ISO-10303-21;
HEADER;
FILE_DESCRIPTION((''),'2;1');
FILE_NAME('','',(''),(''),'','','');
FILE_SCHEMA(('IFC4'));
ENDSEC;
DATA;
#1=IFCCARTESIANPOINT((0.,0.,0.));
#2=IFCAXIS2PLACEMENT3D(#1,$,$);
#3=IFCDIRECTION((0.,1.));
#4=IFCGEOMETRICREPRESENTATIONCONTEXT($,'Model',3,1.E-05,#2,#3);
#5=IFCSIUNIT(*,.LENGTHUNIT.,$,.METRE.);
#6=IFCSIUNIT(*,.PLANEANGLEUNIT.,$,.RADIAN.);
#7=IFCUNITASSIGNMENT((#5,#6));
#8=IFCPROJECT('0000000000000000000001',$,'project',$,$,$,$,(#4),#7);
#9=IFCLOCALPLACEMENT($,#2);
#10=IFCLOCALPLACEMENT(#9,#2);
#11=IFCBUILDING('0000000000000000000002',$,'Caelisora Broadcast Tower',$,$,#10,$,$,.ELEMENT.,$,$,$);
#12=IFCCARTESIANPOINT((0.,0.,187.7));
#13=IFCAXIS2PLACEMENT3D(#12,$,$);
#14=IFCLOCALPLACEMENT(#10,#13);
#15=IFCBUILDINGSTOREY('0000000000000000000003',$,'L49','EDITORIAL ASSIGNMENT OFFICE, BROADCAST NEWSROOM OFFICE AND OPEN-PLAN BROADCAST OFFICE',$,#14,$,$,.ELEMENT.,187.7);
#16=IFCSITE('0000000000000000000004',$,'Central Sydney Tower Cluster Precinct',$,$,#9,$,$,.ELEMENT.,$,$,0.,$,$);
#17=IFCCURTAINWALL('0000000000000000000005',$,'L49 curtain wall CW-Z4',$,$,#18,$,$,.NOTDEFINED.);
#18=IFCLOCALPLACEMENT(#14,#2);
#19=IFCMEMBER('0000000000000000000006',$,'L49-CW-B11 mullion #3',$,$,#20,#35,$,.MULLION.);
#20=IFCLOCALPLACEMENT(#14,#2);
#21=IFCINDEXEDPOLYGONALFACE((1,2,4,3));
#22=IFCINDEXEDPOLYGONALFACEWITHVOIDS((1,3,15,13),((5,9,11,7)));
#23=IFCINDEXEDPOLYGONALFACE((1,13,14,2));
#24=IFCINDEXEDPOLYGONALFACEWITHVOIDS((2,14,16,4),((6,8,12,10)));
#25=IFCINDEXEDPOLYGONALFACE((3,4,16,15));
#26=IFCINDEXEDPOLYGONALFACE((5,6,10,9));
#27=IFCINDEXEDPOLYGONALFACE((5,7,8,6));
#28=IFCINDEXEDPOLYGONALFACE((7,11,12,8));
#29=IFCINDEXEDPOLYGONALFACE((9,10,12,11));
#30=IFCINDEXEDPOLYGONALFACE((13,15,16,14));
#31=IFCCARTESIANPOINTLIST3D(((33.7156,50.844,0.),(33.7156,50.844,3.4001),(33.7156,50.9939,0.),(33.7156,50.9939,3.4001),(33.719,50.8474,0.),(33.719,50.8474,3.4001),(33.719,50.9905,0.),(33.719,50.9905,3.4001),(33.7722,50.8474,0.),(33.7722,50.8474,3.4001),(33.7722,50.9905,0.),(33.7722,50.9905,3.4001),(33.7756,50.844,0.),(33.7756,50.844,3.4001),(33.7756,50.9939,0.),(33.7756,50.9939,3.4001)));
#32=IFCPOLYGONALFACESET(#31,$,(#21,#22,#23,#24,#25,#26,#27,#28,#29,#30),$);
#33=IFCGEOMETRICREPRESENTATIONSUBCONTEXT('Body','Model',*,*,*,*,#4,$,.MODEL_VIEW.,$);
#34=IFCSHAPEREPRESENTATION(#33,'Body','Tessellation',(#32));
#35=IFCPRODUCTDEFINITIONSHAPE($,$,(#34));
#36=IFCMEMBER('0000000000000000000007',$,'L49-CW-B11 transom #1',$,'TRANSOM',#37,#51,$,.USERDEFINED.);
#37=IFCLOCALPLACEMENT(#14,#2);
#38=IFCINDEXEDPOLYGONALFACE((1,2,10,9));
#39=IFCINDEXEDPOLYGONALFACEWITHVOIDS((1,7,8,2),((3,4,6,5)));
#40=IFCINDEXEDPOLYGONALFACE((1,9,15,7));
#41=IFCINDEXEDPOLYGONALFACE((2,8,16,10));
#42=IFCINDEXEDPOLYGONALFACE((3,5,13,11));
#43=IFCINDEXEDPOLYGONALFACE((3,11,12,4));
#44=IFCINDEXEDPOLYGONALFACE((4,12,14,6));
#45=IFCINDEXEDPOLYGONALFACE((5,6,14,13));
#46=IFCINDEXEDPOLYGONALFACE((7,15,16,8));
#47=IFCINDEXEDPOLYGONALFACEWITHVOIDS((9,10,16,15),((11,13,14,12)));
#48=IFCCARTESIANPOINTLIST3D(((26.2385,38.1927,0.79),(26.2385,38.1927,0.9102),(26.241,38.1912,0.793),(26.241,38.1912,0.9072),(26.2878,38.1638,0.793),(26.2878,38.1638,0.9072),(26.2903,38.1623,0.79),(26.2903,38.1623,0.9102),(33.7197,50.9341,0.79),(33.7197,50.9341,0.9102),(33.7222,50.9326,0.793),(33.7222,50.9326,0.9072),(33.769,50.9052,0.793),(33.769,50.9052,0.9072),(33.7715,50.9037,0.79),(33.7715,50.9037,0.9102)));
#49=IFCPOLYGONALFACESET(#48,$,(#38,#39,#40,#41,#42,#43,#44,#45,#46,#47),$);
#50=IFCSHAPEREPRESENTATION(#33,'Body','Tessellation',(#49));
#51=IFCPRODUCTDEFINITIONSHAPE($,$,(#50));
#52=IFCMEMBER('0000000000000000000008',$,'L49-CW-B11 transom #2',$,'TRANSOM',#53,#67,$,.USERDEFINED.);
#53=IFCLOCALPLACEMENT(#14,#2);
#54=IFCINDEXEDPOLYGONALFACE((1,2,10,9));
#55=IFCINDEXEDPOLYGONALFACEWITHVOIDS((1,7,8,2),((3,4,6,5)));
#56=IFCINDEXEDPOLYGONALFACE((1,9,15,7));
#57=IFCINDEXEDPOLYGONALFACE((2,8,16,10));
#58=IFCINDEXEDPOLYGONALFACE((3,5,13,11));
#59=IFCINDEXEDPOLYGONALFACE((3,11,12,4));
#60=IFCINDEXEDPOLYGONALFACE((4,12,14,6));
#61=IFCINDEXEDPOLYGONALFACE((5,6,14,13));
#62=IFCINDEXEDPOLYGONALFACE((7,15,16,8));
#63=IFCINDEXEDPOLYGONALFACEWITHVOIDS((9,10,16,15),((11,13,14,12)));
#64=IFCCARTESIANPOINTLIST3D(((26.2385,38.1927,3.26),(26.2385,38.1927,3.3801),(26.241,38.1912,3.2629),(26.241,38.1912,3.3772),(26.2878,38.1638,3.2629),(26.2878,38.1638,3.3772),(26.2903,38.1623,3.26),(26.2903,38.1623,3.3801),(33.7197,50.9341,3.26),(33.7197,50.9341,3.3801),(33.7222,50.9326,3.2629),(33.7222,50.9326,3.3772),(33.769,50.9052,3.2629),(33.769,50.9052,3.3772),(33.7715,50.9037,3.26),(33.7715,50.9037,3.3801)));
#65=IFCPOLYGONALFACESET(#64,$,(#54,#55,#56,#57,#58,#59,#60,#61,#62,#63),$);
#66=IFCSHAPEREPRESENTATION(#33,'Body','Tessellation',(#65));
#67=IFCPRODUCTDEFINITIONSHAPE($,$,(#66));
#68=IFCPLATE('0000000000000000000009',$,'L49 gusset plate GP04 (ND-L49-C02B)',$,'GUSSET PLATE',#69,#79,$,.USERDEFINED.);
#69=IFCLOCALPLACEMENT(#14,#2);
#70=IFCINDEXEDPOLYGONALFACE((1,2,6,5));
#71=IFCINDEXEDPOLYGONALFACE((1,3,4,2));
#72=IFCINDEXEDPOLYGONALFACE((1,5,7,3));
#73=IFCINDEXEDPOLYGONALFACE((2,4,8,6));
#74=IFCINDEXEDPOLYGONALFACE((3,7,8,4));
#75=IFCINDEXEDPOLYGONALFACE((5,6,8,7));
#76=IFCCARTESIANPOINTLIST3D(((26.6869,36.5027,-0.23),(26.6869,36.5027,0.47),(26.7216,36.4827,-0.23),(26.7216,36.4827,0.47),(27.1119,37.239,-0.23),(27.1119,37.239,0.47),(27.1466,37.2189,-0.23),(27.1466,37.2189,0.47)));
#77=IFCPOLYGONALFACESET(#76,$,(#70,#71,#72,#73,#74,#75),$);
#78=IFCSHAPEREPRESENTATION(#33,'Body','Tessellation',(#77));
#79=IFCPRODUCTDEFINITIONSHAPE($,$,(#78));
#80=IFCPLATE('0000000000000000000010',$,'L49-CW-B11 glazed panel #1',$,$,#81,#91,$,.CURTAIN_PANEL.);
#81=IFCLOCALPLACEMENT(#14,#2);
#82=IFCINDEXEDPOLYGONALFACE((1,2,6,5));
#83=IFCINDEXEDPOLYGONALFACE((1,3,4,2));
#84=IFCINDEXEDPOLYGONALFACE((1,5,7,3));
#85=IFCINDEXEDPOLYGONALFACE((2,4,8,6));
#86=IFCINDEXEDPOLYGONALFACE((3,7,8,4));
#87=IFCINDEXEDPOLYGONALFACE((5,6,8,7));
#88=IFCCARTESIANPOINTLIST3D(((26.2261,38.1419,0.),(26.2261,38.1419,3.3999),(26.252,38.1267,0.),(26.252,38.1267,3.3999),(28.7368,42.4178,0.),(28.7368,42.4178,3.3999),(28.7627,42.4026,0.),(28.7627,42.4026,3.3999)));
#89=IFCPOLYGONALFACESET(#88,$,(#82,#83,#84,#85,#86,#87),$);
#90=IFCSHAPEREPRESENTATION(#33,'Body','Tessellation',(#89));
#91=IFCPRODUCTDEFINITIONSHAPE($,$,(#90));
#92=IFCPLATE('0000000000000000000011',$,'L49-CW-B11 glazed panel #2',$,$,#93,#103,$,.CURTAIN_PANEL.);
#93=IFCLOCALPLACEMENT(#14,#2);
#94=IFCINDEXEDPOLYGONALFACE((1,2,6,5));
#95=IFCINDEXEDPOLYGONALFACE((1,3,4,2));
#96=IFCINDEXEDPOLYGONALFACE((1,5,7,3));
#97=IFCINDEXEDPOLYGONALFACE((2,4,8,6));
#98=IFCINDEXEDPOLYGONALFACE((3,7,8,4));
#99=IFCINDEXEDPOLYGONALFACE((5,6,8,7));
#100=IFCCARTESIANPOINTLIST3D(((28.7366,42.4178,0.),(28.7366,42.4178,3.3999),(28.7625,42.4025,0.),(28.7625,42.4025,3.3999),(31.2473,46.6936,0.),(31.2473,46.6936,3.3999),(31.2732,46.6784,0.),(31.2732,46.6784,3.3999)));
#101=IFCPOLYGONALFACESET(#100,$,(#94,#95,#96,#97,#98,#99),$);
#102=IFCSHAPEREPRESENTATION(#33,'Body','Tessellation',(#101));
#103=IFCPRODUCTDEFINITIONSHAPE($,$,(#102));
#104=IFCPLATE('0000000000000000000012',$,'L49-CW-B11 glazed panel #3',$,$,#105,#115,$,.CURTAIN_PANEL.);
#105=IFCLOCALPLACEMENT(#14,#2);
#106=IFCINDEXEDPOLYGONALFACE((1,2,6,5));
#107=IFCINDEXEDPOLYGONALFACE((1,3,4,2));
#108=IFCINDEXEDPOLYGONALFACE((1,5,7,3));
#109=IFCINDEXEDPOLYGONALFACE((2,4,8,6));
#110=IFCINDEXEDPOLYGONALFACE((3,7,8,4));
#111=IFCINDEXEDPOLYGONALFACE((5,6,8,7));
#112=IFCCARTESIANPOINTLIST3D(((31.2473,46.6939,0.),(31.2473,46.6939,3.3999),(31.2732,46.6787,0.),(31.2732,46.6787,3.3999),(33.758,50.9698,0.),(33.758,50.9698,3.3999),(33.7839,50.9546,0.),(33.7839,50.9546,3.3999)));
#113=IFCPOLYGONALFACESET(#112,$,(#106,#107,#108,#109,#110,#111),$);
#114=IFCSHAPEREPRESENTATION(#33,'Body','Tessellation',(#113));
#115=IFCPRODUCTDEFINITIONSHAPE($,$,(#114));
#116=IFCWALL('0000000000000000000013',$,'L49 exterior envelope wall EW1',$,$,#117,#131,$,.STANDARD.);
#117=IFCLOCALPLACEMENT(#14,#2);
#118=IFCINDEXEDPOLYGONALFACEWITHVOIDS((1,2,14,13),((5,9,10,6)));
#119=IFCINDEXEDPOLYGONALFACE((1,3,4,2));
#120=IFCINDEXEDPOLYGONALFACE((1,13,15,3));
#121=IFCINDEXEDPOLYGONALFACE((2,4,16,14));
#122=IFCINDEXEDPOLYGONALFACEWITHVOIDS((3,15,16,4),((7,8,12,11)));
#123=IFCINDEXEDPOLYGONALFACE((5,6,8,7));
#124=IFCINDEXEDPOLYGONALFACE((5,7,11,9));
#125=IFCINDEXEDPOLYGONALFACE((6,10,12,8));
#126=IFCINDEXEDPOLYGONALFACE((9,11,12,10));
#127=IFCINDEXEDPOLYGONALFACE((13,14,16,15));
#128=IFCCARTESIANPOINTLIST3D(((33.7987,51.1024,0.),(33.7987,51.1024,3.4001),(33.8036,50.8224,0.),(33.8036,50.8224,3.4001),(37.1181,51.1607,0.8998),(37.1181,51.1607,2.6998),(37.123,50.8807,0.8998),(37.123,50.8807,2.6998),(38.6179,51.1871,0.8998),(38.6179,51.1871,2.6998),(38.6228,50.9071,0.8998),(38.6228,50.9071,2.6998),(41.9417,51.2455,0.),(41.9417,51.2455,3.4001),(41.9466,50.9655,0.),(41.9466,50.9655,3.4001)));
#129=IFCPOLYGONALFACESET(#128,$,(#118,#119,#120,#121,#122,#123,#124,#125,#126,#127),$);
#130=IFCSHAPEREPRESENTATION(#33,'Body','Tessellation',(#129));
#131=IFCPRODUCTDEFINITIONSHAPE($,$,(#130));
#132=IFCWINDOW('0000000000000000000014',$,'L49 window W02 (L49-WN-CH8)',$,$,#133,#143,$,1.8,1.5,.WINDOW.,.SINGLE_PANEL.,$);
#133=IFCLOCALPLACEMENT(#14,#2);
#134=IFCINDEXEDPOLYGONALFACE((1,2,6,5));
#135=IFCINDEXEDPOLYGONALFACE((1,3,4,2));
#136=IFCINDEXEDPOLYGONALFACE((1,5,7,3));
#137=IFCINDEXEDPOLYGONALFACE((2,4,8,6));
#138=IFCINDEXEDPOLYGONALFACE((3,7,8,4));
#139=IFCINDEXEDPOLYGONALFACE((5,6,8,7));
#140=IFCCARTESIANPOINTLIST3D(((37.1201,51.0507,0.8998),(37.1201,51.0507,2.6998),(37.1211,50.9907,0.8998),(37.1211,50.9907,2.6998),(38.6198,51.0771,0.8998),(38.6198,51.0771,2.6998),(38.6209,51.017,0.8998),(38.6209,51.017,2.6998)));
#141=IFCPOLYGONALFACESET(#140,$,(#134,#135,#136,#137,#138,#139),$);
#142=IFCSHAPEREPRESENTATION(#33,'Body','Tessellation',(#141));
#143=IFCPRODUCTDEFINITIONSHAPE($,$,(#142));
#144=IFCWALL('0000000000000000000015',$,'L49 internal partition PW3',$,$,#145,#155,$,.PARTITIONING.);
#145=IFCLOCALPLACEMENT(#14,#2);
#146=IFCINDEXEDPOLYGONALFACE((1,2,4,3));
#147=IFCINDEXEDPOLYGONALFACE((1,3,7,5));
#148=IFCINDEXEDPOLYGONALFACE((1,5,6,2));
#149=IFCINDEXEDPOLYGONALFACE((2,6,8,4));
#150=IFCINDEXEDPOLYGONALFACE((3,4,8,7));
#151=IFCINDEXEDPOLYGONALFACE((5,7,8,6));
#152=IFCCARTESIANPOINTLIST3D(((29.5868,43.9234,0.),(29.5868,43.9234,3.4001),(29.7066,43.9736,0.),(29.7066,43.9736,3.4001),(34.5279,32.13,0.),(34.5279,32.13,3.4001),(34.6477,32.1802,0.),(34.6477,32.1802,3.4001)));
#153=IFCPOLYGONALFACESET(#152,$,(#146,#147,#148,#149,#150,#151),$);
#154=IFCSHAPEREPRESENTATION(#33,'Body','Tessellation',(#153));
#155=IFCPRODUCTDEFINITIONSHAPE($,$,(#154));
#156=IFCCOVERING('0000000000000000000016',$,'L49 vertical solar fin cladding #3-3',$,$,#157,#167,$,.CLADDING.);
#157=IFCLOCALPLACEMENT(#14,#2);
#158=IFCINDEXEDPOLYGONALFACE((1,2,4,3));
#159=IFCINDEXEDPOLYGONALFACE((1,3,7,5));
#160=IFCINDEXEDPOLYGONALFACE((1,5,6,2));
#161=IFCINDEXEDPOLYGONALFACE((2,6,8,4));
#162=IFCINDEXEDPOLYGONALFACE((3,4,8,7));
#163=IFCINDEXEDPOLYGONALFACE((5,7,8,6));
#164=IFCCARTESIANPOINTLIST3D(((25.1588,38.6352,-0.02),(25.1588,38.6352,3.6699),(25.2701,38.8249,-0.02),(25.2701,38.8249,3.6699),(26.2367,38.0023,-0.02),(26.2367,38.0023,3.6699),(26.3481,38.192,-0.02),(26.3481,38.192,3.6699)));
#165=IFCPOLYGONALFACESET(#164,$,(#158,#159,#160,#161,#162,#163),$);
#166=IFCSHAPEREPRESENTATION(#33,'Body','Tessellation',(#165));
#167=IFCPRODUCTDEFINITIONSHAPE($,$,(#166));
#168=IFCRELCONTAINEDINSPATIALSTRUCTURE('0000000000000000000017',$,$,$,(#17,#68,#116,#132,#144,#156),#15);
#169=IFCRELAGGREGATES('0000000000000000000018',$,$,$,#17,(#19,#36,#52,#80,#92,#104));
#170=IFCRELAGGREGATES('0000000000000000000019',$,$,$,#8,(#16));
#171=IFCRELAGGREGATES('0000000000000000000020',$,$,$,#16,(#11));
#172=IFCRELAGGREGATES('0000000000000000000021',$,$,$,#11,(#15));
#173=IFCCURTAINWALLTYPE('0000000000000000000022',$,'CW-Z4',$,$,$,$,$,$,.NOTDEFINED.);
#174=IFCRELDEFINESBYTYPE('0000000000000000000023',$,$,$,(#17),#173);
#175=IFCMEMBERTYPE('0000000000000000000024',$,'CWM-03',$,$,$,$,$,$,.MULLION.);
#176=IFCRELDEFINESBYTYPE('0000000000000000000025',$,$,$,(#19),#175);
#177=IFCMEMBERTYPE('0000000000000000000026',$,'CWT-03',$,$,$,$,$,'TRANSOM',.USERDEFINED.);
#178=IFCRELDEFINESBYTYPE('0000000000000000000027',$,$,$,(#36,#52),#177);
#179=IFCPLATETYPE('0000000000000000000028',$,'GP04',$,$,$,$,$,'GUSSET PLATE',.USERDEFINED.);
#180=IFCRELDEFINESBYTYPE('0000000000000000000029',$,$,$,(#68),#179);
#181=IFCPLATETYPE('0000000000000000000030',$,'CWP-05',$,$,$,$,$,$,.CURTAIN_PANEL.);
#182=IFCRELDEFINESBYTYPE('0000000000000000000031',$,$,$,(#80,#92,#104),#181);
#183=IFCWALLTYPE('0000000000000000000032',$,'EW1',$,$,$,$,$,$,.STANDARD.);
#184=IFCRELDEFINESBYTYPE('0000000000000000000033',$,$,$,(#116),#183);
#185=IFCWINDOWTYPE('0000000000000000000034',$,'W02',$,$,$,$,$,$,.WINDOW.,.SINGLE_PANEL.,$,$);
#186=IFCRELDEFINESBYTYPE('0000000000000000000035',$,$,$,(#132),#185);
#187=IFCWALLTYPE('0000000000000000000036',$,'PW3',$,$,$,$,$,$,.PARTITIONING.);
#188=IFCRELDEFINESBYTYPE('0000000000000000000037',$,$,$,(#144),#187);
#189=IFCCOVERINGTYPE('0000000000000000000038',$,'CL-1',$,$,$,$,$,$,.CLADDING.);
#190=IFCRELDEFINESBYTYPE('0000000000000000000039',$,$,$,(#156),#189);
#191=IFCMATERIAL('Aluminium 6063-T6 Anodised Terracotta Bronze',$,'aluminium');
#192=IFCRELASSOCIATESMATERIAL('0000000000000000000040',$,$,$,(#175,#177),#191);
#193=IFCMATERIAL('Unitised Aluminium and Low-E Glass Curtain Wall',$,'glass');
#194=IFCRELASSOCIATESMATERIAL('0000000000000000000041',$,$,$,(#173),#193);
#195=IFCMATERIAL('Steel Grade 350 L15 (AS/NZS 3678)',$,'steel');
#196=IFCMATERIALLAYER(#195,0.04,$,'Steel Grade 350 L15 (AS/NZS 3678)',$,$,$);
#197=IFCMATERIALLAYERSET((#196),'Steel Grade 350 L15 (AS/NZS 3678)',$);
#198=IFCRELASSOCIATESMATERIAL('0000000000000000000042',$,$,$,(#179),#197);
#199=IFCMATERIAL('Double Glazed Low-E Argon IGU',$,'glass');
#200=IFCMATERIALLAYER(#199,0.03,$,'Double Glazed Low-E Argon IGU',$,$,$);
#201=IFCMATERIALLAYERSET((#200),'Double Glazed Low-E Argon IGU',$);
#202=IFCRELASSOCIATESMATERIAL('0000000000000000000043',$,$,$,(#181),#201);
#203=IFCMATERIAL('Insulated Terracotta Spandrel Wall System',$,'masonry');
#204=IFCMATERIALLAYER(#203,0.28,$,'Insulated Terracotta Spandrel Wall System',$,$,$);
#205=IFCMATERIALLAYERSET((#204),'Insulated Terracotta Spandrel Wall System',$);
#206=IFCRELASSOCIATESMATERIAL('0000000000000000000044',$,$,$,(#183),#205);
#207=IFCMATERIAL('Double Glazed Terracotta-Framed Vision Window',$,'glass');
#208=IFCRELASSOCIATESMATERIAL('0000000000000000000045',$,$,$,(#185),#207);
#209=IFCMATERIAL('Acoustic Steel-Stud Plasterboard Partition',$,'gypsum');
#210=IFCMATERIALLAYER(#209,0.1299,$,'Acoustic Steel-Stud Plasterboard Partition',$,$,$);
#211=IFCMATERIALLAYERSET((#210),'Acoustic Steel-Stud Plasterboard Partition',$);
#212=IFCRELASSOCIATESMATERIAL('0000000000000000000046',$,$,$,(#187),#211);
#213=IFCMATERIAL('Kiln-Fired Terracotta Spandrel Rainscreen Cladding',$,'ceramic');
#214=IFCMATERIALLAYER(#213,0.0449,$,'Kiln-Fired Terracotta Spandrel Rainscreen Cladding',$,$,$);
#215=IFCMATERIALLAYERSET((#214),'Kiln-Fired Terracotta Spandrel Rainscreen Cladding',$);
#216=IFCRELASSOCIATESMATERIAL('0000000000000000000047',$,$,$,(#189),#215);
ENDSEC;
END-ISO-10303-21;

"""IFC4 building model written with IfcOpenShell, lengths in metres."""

from ifc_helpers import new_model, si_unit, direction, frame, frame_2d, origin, origin_2d, place, context, subcontext, project, spatial, rectangle, hollow_rectangle, extrude, source, transform, mapped, material, layer, layer_set, material_profile, profile_set, type_object, type_shapes, element, fill, aggregate, save


model = new_model("IFC4")

# Units and contexts
model_context = context("Model", 3, precision=1e-05, world=origin(), true_north=direction((0.0, 1.0)))
body_context = subcontext(model_context, "Body", "Model", "MODEL_VIEW")
ifc_project = project(units=[si_unit("LENGTHUNIT", "METRE"), si_unit("PLANEANGLEUNIT", "RADIAN")], contexts=[model_context])

# Site, building, storey
site_placement = place(None, origin())
site = spatial("IfcSite", under=ifc_project, at=site_placement, Name="Central Sydney Tower Cluster Precinct", CompositionType="ELEMENT", RefElevation=0.0)
building_placement = place(site_placement, origin())
building = spatial("IfcBuilding", under=site, at=building_placement, Name="Caelisora Broadcast Tower", CompositionType="ELEMENT")
storey_placement = place(building_placement, frame((0.0, 0.0, 187.7)))
storey = spatial("IfcBuildingStorey", under=building, at=storey_placement, Name="L49", Description="EDITORIAL ASSIGNMENT OFFICE, BROADCAST NEWSROOM OFFICE AND OPEN-PLAN BROADCAST OFFICE", CompositionType="ELEMENT", Elevation=187.7)

# Shared definitions
ifc_material_1 = material(Name="Steel Grade 350 L15 (AS/NZS 3678)", Category="steel")

# Shared definitions
ifc_material_2 = material(Name="Aluminium 6063-T6 Anodised Terracotta Bronze", Category="aluminium")
ifc_material_profile_1 = material_profile(ifc_material_2, hollow_rectangle(XDim=0.0601, YDim=0.1499, WallThickness=0.0034, at=origin_2d()), Name="Aluminium 6063-T6 Anodised Terracotta Bronze")
ifc_profile_set_1 = profile_set([ifc_material_profile_1], Name="Aluminium 6063-T6 Anodised Terracotta Bronze")
member_type_1 = type_object("IfcMemberType", Name="CWM-03", PredefinedType="MULLION", material=ifc_profile_set_1)
shared_shape_1 = source(origin(), body_context, "Body", "SweptSolid", [
    extrude(hollow_rectangle(XDim=0.0601, YDim=0.1499, WallThickness=0.0034, at=origin_2d()), origin(), (0.0, 0.0, 1.0), 3.4001),
])
type_shapes(member_type_1, [shared_shape_1])

# Curtain wall, members
ifc_material_3 = material(Name="Unitised Aluminium and Low-E Glass Curtain Wall", Category="glass")
curtain_wall_type_1 = type_object("IfcCurtainWallType", Name="CW-Z4", PredefinedType="NOTDEFINED", material=ifc_material_3)
curtain_wall_1_placement = place(storey_placement, origin())
curtain_wall_1 = element("IfcCurtainWall", 1, at=curtain_wall_1_placement, inside=storey, type_object=curtain_wall_type_1, Name="L49 curtain wall CW-Z4", PredefinedType="NOTDEFINED")
member_1_placement = place(storey_placement, frame((33.7456, 50.9189, 0.0), z_axis=(0.0, 0.0, 1.0), x_axis=(1.0, 0.0, 0.0)))
member_1 = element("IfcMember", 2, at=member_1_placement, type_object=member_type_1, Name="L49-CW-B11 mullion #3", PredefinedType="MULLION", context=body_context, shape_type="MappedRepresentation", body=[
    mapped(shared_shape_1, transform((0.0, 0.0, 0.0), scale=1.0)),
])
ifc_material_profile_2 = material_profile(ifc_material_2, hollow_rectangle(XDim=0.0601, YDim=0.1201, WallThickness=0.0029, at=origin_2d()), Name="Aluminium 6063-T6 Anodised Terracotta Bronze")
ifc_profile_set_2 = profile_set([ifc_material_profile_2], Name="Aluminium 6063-T6 Anodised Terracotta Bronze")
member_type_2 = type_object("IfcMemberType", Name="CWT-03", ElementType="TRANSOM", PredefinedType="USERDEFINED", material=ifc_profile_set_2)
shared_shape_2 = source(origin(), body_context, "Body", "SweptSolid", [
    extrude(hollow_rectangle(XDim=0.0601, YDim=0.1201, WallThickness=0.0029, at=origin_2d()), origin(), (0.0, 0.0, 1.0), 14.7754),
])
type_shapes(member_type_2, [shared_shape_2])
member_2_placement = place(storey_placement, frame((26.2644, 38.1775, 0.8501), z_axis=(0.506327, 0.862341, 0.0), x_axis=(-0.862341, 0.506327, 0.0)))
member_2 = element("IfcMember", 3, at=member_2_placement, type_object=member_type_2, Name="L49-CW-B11 transom #1", ObjectType="TRANSOM", PredefinedType="USERDEFINED", context=body_context, shape_type="MappedRepresentation", body=[
    mapped(shared_shape_2, transform((0.0, 0.0, 0.0), scale=1.0)),
])
member_3_placement = place(storey_placement, frame((26.2644, 38.1775, 3.3201), z_axis=(0.506327, 0.862341, 0.0), x_axis=(-0.862341, 0.506327, 0.0)))
member_3 = element("IfcMember", 4, at=member_3_placement, type_object=member_type_2, Name="L49-CW-B11 transom #2", ObjectType="TRANSOM", PredefinedType="USERDEFINED", context=body_context, shape_type="MappedRepresentation", body=[
    mapped(shared_shape_2, transform((0.0, 0.0, 0.0), scale=1.0)),
])

# Plates
ifc_layer_1 = layer(ifc_material_1, 0.04, Name="Steel Grade 350 L15 (AS/NZS 3678)")
ifc_layer_set_1 = layer_set([ifc_layer_1], Name="Steel Grade 350 L15 (AS/NZS 3678)")
plate_type_1 = type_object("IfcPlateType", Name="GP04", ElementType="GUSSET PLATE", PredefinedType="USERDEFINED", material=ifc_layer_set_1)
shared_shape_3 = source(origin(), body_context, "Body", "SweptSolid", [
    extrude(rectangle(XDim=0.8501, YDim=0.04, at=origin_2d()), origin(), (0.0, 0.0, 1.0), 0.7),
])
type_shapes(plate_type_1, [shared_shape_3])
plate_1_placement = place(storey_placement, frame((26.9167, 36.8608, -0.23), z_axis=(0.0, 0.0, 1.0), x_axis=(-0.5, -0.866025, 0.0)))
element("IfcPlate", 5, at=plate_1_placement, inside=storey, type_object=plate_type_1, Name="L49 gusset plate GP04 (ND-L49-C02B)", ObjectType="GUSSET PLATE", PredefinedType="USERDEFINED", context=body_context, shape_type="MappedRepresentation", body=[
    mapped(shared_shape_3, transform((0.0, 0.0, 0.0), scale=1.0)),
])
ifc_material_4 = material(Name="Double Glazed Low-E Argon IGU", Category="glass")
ifc_layer_2 = layer(ifc_material_4, 0.03, Name="Double Glazed Low-E Argon IGU")
ifc_layer_set_2 = layer_set([ifc_layer_2], Name="Double Glazed Low-E Argon IGU")
plate_type_2 = type_object("IfcPlateType", Name="CWP-05", PredefinedType="CURTAIN_PANEL", material=ifc_layer_set_2)
shared_shape_4 = source(origin(), body_context, "Body", "SweptSolid", [
    extrude(rectangle(XDim=4.9585, YDim=0.03, at=origin_2d()), origin(), (0.0, 0.0, 1.0), 3.3999),
])
type_shapes(plate_type_2, [shared_shape_4])
plate_2_placement = place(storey_placement, frame((27.4944, 40.2722, 0.0), z_axis=(0.0, 0.0, 1.0), x_axis=(0.506335, 0.862337, 0.0)))
plate_2 = element("IfcPlate", 6, at=plate_2_placement, type_object=plate_type_2, Name="L49-CW-B11 glazed panel #1", PredefinedType="CURTAIN_PANEL", context=body_context, shape_type="MappedRepresentation", body=[
    mapped(shared_shape_4, transform((0.0, 0.0, 0.0), scale=1.0)),
])
plate_3_placement = place(storey_placement, frame((30.0049, 44.5481, 0.0), z_axis=(0.0, 0.0, 1.0), x_axis=(0.506335, 0.862337, 0.0)))
plate_3 = element("IfcPlate", 7, at=plate_3_placement, type_object=plate_type_2, Name="L49-CW-B11 glazed panel #2", PredefinedType="CURTAIN_PANEL", context=body_context, shape_type="MappedRepresentation", body=[
    mapped(shared_shape_4, transform((0.0, 0.0, 0.0), scale=1.0)),
])
plate_4_placement = place(storey_placement, frame((32.5156, 48.8242, 0.0), z_axis=(0.0, 0.0, 1.0), x_axis=(0.506335, 0.862337, 0.0)))
plate_4 = element("IfcPlate", 8, at=plate_4_placement, type_object=plate_type_2, Name="L49-CW-B11 glazed panel #3", PredefinedType="CURTAIN_PANEL", context=body_context, shape_type="MappedRepresentation", body=[
    mapped(shared_shape_4, transform((0.0, 0.0, 0.0), scale=1.0)),
])
aggregate(curtain_wall_1, [member_1, member_2, member_3, plate_2, plate_3, plate_4])

# Wall, opening, window
ifc_material_5 = material(Name="Insulated Terracotta Spandrel Wall System", Category="masonry")
ifc_layer_3 = layer(ifc_material_5, 0.28, Name="Insulated Terracotta Spandrel Wall System")
ifc_layer_set_3 = layer_set([ifc_layer_3], Name="Insulated Terracotta Spandrel Wall System")
wall_type_1 = type_object("IfcWallType", Name="EW1", PredefinedType="STANDARD", material=ifc_layer_set_3)
wall_1_placement = place(storey_placement, frame((33.801, 50.9624, 0.0), z_axis=(0.0, 0.0, 1.0), x_axis=(0.999846, 0.017566, 0.0)))
wall_1 = element("IfcWall", 9, at=wall_1_placement, inside=storey, type_object=wall_type_1, Name="L49 exterior envelope wall EW1", PredefinedType="STANDARD", context=body_context, shape_type="SweptSolid", body=[
    extrude(rectangle(XDim=8.1443, YDim=0.28, at=frame_2d((4.0723, 0.0))), origin(), (0.0, 0.0, 1.0), 3.4001),
])
opening_placement = place(wall_1_placement, frame((3.3201, 0.0, 0.8999)))
opening = element("IfcOpeningElement", 10, at=opening_placement, cuts=wall_1, PredefinedType="OPENING", context=body_context, shape_type="SweptSolid", body=[
    extrude(rectangle(XDim=1.5, YDim=1.8, at=frame_2d((0.75, 0.8999))), frame((0.0, 0.1521, 0.0), z_axis=(0.0, -1.0, 0.0), x_axis=(1.0, 0.0, 0.0)), (0.0, 0.0, 1.0), 0.304),
])
ifc_material_6 = material(Name="Double Glazed Terracotta-Framed Vision Window", Category="glass")
window_type = type_object("IfcWindowType", Name="W02", PartitioningType="SINGLE_PANEL", PredefinedType="WINDOW", material=ifc_material_6)
window_placement = place(opening_placement, origin())
window = element("IfcWindow", 11, at=window_placement, inside=storey, type_object=window_type, Name="L49 window W02 (L49-WN-CH8)", OverallHeight=1.8, OverallWidth=1.5, PartitioningType="SINGLE_PANEL", PredefinedType="WINDOW", context=body_context, shape_type="SweptSolid", body=[
    extrude(rectangle(XDim=1.5, YDim=1.8, at=frame_2d((0.75, 0.8999))), frame((0.0, 0.03, 0.0), z_axis=(0.0, -1.0, 0.0), x_axis=(1.0, 0.0, 0.0)), (0.0, 0.0, 1.0), 0.0601),
])
fill(opening, window)

# Wall
ifc_material_7 = material(Name="Acoustic Steel-Stud Plasterboard Partition", Category="gypsum")
ifc_layer_4 = layer(ifc_material_7, 0.1299, Name="Acoustic Steel-Stud Plasterboard Partition")
ifc_layer_set_4 = layer_set([ifc_layer_4], Name="Acoustic Steel-Stud Plasterboard Partition")
wall_type_2 = type_object("IfcWallType", Name="PW3", PredefinedType="PARTITIONING", material=ifc_layer_set_4)
wall_2_placement = place(storey_placement, frame((29.6467, 43.9485, 0.0), z_axis=(0.0, 0.0, 1.0), x_axis=(0.386429, -0.922319, 0.0)))
element("IfcWall", 12, at=wall_2_placement, inside=storey, type_object=wall_type_2, Name="L49 internal partition PW3", PredefinedType="PARTITIONING", context=body_context, shape_type="SweptSolid", body=[
    extrude(rectangle(XDim=12.7866, YDim=0.1299, at=frame_2d((6.3933, 0.0))), origin(), (0.0, 0.0, 1.0), 3.4001),
])

# Covering
ifc_material_8 = material(Name="Kiln-Fired Terracotta Spandrel Rainscreen Cladding", Category="ceramic")
ifc_layer_5 = layer(ifc_material_8, 0.0449, Name="Kiln-Fired Terracotta Spandrel Rainscreen Cladding")
ifc_layer_set_5 = layer_set([ifc_layer_5], Name="Kiln-Fired Terracotta Spandrel Rainscreen Cladding")
covering_type = type_object("IfcCoveringType", Name="CL-1", PredefinedType="CLADDING", material=ifc_layer_set_5)
shared_shape_5 = source(origin(), body_context, "Body", "SweptSolid", [
    extrude(rectangle(XDim=0.22, YDim=1.25, at=origin_2d()), origin(), (0.0, 0.0, 1.0), 3.6899),
])
type_shapes(covering_type, [shared_shape_5])
for number, where, z_axis, x_axis, name in (
    (13, (25.7534, 38.4136, -0.02), (0.0, 0.0, 1.0), (0.506335, 0.862337, 0.0), "L49 vertical solar fin cladding #3-3"),
):
    element("IfcCovering", number, at=place(storey_placement, frame(where, z_axis=z_axis, x_axis=x_axis)), inside=storey, type_object=covering_type, Name=name, PredefinedType="CLADDING", context=body_context, shape_type="MappedRepresentation", body=[
        mapped(shared_shape_5, transform((0.0, 0.0, 0.0), scale=1.0)),
    ])

save(model, "model.ifc")
